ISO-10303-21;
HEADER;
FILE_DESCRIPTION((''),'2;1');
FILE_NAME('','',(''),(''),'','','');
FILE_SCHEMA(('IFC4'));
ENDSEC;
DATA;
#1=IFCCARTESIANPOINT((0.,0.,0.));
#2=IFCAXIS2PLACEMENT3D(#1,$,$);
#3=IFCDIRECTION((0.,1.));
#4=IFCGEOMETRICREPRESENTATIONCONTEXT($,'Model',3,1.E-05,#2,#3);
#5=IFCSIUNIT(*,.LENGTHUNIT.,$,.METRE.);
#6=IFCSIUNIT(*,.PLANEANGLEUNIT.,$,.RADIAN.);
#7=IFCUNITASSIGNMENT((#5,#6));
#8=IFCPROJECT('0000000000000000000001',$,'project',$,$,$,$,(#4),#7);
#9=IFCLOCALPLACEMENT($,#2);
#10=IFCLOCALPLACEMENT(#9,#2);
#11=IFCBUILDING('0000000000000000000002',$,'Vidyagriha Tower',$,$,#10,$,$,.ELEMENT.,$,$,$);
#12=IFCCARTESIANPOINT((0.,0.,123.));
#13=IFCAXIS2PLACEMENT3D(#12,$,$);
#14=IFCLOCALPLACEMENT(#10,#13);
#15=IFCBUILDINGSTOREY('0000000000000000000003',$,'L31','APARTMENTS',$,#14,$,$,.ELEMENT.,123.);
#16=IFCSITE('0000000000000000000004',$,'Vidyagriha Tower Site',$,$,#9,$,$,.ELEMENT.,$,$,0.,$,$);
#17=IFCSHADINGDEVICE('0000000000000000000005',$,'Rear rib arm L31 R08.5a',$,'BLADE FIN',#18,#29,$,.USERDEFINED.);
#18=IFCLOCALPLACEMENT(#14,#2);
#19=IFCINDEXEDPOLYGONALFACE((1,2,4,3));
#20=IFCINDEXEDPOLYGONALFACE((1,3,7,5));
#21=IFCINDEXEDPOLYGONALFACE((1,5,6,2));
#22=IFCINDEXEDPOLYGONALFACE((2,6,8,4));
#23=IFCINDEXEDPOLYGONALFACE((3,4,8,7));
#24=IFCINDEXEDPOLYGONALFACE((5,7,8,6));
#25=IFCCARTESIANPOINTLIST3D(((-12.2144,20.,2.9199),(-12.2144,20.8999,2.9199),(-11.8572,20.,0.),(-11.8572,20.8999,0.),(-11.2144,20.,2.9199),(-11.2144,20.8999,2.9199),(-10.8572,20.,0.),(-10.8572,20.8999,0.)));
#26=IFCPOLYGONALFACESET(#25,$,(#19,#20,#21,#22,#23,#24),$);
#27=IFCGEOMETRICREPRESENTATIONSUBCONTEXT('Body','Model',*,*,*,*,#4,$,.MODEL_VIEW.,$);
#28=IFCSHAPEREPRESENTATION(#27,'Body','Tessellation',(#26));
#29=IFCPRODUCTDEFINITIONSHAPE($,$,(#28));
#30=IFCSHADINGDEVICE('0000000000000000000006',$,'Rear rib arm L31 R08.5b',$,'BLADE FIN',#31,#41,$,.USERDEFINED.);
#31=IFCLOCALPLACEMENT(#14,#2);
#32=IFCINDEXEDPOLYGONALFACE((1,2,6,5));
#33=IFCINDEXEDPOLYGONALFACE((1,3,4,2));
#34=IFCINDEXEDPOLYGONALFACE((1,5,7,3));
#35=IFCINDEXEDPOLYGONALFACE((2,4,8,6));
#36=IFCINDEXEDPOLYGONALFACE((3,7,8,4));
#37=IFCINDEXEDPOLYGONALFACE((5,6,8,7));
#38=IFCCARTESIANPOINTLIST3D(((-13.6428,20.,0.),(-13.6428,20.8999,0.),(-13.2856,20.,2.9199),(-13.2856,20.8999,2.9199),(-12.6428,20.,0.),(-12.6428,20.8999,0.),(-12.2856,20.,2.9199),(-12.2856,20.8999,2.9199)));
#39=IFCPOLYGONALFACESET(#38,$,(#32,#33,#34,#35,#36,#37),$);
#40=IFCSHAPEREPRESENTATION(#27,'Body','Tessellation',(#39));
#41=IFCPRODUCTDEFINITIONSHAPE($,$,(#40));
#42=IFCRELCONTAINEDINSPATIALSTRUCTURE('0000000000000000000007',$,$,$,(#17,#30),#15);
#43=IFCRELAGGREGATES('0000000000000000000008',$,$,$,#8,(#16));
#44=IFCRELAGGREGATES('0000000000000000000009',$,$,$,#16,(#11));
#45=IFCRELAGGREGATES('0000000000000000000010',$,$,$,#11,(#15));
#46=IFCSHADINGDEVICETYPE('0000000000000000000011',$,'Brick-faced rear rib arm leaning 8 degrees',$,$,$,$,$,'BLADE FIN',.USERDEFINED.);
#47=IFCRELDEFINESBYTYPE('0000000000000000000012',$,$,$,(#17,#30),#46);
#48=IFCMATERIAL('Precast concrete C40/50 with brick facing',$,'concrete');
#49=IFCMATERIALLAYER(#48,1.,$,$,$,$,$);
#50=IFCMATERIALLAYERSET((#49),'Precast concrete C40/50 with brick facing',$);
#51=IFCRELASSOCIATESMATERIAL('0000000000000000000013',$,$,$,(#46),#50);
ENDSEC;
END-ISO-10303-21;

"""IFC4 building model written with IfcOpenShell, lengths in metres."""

from ifc_helpers import new_model, si_unit, direction, frame, origin, place, context, subcontext, project, spatial, polyline, outline, extrude, material, layer, layer_set, type_object, element, save


model = new_model("IFC4")

# Units and contexts
model_context = context("Model", 3, precision=1e-05, world=origin(), true_north=direction((0.0, 1.0)))
body_context = subcontext(model_context, "Body", "Model", "MODEL_VIEW")
ifc_project = project(units=[si_unit("LENGTHUNIT", "METRE"), si_unit("PLANEANGLEUNIT", "RADIAN")], contexts=[model_context])

# Site, building, storey
site_placement = place(None, origin())
site = spatial("IfcSite", under=ifc_project, at=site_placement, Name="Vidyagriha Tower Site", CompositionType="ELEMENT", RefElevation=0.0)
building_placement = place(site_placement, origin())
building = spatial("IfcBuilding", under=site, at=building_placement, Name="Vidyagriha Tower", CompositionType="ELEMENT")
storey_placement = place(building_placement, frame((0.0, 0.0, 123.0)))
storey = spatial("IfcBuildingStorey", under=building, at=storey_placement, Name="L31", Description="APARTMENTS", CompositionType="ELEMENT", Elevation=123.0)

# Shading devices
ifc_material_1 = material(Name="Precast concrete C40/50 with brick facing", Category="concrete")
ifc_layer_1 = layer(ifc_material_1, 1.0)
ifc_layer_set_1 = layer_set([ifc_layer_1], Name="Precast concrete C40/50 with brick facing")
shading_device_type = type_object("IfcShadingDeviceType", Name="Brick-faced rear rib arm leaning 8 degrees", ElementType="BLADE FIN", PredefinedType="USERDEFINED", material=ifc_layer_set_1)
shading_device_1_placement = place(storey_placement, frame((-10.8572, 20.45, 0.0), z_axis=(0.0, 0.0, 1.0), x_axis=(-1.0, 0.0, 0.0)))
element("IfcShadingDevice", 1, at=shading_device_1_placement, inside=storey, type_object=shading_device_type, Name="Rear rib arm L31 R08.5a", ObjectType="BLADE FIN", PredefinedType="USERDEFINED", context=body_context, shape_type="SweptSolid", body=[
    extrude(outline(polyline([(0.0, 0.0), (1.0, 0.0), (1.3572, 2.9199), (0.3572, 2.9199), (0.0, 0.0)])), frame((0.0, 0.45, 0.0), z_axis=(0.0, -1.0, 0.0), x_axis=(1.0, 0.0, 0.0)), (0.0, 0.0, 1.0), 0.8999),
])
shading_device_2_placement = place(storey_placement, frame((-12.2856, 20.45, 0.0), z_axis=(0.0, 0.0, 1.0), x_axis=(-1.0, 0.0, 0.0)))
element("IfcShadingDevice", 2, at=shading_device_2_placement, inside=storey, type_object=shading_device_type, Name="Rear rib arm L31 R08.5b", ObjectType="BLADE FIN", PredefinedType="USERDEFINED", context=body_context, shape_type="SweptSolid", body=[
    extrude(outline(polyline([(0.3572, 0.0), (1.3572, 0.0), (1.0, 2.9199), (0.0, 2.9199), (0.3572, 0.0)])), frame((0.0, 0.45, 0.0), z_axis=(0.0, -1.0, 0.0), x_axis=(1.0, 0.0, 0.0)), (0.0, 0.0, 1.0), 0.8999),
])

save(model, "model.ifc")
